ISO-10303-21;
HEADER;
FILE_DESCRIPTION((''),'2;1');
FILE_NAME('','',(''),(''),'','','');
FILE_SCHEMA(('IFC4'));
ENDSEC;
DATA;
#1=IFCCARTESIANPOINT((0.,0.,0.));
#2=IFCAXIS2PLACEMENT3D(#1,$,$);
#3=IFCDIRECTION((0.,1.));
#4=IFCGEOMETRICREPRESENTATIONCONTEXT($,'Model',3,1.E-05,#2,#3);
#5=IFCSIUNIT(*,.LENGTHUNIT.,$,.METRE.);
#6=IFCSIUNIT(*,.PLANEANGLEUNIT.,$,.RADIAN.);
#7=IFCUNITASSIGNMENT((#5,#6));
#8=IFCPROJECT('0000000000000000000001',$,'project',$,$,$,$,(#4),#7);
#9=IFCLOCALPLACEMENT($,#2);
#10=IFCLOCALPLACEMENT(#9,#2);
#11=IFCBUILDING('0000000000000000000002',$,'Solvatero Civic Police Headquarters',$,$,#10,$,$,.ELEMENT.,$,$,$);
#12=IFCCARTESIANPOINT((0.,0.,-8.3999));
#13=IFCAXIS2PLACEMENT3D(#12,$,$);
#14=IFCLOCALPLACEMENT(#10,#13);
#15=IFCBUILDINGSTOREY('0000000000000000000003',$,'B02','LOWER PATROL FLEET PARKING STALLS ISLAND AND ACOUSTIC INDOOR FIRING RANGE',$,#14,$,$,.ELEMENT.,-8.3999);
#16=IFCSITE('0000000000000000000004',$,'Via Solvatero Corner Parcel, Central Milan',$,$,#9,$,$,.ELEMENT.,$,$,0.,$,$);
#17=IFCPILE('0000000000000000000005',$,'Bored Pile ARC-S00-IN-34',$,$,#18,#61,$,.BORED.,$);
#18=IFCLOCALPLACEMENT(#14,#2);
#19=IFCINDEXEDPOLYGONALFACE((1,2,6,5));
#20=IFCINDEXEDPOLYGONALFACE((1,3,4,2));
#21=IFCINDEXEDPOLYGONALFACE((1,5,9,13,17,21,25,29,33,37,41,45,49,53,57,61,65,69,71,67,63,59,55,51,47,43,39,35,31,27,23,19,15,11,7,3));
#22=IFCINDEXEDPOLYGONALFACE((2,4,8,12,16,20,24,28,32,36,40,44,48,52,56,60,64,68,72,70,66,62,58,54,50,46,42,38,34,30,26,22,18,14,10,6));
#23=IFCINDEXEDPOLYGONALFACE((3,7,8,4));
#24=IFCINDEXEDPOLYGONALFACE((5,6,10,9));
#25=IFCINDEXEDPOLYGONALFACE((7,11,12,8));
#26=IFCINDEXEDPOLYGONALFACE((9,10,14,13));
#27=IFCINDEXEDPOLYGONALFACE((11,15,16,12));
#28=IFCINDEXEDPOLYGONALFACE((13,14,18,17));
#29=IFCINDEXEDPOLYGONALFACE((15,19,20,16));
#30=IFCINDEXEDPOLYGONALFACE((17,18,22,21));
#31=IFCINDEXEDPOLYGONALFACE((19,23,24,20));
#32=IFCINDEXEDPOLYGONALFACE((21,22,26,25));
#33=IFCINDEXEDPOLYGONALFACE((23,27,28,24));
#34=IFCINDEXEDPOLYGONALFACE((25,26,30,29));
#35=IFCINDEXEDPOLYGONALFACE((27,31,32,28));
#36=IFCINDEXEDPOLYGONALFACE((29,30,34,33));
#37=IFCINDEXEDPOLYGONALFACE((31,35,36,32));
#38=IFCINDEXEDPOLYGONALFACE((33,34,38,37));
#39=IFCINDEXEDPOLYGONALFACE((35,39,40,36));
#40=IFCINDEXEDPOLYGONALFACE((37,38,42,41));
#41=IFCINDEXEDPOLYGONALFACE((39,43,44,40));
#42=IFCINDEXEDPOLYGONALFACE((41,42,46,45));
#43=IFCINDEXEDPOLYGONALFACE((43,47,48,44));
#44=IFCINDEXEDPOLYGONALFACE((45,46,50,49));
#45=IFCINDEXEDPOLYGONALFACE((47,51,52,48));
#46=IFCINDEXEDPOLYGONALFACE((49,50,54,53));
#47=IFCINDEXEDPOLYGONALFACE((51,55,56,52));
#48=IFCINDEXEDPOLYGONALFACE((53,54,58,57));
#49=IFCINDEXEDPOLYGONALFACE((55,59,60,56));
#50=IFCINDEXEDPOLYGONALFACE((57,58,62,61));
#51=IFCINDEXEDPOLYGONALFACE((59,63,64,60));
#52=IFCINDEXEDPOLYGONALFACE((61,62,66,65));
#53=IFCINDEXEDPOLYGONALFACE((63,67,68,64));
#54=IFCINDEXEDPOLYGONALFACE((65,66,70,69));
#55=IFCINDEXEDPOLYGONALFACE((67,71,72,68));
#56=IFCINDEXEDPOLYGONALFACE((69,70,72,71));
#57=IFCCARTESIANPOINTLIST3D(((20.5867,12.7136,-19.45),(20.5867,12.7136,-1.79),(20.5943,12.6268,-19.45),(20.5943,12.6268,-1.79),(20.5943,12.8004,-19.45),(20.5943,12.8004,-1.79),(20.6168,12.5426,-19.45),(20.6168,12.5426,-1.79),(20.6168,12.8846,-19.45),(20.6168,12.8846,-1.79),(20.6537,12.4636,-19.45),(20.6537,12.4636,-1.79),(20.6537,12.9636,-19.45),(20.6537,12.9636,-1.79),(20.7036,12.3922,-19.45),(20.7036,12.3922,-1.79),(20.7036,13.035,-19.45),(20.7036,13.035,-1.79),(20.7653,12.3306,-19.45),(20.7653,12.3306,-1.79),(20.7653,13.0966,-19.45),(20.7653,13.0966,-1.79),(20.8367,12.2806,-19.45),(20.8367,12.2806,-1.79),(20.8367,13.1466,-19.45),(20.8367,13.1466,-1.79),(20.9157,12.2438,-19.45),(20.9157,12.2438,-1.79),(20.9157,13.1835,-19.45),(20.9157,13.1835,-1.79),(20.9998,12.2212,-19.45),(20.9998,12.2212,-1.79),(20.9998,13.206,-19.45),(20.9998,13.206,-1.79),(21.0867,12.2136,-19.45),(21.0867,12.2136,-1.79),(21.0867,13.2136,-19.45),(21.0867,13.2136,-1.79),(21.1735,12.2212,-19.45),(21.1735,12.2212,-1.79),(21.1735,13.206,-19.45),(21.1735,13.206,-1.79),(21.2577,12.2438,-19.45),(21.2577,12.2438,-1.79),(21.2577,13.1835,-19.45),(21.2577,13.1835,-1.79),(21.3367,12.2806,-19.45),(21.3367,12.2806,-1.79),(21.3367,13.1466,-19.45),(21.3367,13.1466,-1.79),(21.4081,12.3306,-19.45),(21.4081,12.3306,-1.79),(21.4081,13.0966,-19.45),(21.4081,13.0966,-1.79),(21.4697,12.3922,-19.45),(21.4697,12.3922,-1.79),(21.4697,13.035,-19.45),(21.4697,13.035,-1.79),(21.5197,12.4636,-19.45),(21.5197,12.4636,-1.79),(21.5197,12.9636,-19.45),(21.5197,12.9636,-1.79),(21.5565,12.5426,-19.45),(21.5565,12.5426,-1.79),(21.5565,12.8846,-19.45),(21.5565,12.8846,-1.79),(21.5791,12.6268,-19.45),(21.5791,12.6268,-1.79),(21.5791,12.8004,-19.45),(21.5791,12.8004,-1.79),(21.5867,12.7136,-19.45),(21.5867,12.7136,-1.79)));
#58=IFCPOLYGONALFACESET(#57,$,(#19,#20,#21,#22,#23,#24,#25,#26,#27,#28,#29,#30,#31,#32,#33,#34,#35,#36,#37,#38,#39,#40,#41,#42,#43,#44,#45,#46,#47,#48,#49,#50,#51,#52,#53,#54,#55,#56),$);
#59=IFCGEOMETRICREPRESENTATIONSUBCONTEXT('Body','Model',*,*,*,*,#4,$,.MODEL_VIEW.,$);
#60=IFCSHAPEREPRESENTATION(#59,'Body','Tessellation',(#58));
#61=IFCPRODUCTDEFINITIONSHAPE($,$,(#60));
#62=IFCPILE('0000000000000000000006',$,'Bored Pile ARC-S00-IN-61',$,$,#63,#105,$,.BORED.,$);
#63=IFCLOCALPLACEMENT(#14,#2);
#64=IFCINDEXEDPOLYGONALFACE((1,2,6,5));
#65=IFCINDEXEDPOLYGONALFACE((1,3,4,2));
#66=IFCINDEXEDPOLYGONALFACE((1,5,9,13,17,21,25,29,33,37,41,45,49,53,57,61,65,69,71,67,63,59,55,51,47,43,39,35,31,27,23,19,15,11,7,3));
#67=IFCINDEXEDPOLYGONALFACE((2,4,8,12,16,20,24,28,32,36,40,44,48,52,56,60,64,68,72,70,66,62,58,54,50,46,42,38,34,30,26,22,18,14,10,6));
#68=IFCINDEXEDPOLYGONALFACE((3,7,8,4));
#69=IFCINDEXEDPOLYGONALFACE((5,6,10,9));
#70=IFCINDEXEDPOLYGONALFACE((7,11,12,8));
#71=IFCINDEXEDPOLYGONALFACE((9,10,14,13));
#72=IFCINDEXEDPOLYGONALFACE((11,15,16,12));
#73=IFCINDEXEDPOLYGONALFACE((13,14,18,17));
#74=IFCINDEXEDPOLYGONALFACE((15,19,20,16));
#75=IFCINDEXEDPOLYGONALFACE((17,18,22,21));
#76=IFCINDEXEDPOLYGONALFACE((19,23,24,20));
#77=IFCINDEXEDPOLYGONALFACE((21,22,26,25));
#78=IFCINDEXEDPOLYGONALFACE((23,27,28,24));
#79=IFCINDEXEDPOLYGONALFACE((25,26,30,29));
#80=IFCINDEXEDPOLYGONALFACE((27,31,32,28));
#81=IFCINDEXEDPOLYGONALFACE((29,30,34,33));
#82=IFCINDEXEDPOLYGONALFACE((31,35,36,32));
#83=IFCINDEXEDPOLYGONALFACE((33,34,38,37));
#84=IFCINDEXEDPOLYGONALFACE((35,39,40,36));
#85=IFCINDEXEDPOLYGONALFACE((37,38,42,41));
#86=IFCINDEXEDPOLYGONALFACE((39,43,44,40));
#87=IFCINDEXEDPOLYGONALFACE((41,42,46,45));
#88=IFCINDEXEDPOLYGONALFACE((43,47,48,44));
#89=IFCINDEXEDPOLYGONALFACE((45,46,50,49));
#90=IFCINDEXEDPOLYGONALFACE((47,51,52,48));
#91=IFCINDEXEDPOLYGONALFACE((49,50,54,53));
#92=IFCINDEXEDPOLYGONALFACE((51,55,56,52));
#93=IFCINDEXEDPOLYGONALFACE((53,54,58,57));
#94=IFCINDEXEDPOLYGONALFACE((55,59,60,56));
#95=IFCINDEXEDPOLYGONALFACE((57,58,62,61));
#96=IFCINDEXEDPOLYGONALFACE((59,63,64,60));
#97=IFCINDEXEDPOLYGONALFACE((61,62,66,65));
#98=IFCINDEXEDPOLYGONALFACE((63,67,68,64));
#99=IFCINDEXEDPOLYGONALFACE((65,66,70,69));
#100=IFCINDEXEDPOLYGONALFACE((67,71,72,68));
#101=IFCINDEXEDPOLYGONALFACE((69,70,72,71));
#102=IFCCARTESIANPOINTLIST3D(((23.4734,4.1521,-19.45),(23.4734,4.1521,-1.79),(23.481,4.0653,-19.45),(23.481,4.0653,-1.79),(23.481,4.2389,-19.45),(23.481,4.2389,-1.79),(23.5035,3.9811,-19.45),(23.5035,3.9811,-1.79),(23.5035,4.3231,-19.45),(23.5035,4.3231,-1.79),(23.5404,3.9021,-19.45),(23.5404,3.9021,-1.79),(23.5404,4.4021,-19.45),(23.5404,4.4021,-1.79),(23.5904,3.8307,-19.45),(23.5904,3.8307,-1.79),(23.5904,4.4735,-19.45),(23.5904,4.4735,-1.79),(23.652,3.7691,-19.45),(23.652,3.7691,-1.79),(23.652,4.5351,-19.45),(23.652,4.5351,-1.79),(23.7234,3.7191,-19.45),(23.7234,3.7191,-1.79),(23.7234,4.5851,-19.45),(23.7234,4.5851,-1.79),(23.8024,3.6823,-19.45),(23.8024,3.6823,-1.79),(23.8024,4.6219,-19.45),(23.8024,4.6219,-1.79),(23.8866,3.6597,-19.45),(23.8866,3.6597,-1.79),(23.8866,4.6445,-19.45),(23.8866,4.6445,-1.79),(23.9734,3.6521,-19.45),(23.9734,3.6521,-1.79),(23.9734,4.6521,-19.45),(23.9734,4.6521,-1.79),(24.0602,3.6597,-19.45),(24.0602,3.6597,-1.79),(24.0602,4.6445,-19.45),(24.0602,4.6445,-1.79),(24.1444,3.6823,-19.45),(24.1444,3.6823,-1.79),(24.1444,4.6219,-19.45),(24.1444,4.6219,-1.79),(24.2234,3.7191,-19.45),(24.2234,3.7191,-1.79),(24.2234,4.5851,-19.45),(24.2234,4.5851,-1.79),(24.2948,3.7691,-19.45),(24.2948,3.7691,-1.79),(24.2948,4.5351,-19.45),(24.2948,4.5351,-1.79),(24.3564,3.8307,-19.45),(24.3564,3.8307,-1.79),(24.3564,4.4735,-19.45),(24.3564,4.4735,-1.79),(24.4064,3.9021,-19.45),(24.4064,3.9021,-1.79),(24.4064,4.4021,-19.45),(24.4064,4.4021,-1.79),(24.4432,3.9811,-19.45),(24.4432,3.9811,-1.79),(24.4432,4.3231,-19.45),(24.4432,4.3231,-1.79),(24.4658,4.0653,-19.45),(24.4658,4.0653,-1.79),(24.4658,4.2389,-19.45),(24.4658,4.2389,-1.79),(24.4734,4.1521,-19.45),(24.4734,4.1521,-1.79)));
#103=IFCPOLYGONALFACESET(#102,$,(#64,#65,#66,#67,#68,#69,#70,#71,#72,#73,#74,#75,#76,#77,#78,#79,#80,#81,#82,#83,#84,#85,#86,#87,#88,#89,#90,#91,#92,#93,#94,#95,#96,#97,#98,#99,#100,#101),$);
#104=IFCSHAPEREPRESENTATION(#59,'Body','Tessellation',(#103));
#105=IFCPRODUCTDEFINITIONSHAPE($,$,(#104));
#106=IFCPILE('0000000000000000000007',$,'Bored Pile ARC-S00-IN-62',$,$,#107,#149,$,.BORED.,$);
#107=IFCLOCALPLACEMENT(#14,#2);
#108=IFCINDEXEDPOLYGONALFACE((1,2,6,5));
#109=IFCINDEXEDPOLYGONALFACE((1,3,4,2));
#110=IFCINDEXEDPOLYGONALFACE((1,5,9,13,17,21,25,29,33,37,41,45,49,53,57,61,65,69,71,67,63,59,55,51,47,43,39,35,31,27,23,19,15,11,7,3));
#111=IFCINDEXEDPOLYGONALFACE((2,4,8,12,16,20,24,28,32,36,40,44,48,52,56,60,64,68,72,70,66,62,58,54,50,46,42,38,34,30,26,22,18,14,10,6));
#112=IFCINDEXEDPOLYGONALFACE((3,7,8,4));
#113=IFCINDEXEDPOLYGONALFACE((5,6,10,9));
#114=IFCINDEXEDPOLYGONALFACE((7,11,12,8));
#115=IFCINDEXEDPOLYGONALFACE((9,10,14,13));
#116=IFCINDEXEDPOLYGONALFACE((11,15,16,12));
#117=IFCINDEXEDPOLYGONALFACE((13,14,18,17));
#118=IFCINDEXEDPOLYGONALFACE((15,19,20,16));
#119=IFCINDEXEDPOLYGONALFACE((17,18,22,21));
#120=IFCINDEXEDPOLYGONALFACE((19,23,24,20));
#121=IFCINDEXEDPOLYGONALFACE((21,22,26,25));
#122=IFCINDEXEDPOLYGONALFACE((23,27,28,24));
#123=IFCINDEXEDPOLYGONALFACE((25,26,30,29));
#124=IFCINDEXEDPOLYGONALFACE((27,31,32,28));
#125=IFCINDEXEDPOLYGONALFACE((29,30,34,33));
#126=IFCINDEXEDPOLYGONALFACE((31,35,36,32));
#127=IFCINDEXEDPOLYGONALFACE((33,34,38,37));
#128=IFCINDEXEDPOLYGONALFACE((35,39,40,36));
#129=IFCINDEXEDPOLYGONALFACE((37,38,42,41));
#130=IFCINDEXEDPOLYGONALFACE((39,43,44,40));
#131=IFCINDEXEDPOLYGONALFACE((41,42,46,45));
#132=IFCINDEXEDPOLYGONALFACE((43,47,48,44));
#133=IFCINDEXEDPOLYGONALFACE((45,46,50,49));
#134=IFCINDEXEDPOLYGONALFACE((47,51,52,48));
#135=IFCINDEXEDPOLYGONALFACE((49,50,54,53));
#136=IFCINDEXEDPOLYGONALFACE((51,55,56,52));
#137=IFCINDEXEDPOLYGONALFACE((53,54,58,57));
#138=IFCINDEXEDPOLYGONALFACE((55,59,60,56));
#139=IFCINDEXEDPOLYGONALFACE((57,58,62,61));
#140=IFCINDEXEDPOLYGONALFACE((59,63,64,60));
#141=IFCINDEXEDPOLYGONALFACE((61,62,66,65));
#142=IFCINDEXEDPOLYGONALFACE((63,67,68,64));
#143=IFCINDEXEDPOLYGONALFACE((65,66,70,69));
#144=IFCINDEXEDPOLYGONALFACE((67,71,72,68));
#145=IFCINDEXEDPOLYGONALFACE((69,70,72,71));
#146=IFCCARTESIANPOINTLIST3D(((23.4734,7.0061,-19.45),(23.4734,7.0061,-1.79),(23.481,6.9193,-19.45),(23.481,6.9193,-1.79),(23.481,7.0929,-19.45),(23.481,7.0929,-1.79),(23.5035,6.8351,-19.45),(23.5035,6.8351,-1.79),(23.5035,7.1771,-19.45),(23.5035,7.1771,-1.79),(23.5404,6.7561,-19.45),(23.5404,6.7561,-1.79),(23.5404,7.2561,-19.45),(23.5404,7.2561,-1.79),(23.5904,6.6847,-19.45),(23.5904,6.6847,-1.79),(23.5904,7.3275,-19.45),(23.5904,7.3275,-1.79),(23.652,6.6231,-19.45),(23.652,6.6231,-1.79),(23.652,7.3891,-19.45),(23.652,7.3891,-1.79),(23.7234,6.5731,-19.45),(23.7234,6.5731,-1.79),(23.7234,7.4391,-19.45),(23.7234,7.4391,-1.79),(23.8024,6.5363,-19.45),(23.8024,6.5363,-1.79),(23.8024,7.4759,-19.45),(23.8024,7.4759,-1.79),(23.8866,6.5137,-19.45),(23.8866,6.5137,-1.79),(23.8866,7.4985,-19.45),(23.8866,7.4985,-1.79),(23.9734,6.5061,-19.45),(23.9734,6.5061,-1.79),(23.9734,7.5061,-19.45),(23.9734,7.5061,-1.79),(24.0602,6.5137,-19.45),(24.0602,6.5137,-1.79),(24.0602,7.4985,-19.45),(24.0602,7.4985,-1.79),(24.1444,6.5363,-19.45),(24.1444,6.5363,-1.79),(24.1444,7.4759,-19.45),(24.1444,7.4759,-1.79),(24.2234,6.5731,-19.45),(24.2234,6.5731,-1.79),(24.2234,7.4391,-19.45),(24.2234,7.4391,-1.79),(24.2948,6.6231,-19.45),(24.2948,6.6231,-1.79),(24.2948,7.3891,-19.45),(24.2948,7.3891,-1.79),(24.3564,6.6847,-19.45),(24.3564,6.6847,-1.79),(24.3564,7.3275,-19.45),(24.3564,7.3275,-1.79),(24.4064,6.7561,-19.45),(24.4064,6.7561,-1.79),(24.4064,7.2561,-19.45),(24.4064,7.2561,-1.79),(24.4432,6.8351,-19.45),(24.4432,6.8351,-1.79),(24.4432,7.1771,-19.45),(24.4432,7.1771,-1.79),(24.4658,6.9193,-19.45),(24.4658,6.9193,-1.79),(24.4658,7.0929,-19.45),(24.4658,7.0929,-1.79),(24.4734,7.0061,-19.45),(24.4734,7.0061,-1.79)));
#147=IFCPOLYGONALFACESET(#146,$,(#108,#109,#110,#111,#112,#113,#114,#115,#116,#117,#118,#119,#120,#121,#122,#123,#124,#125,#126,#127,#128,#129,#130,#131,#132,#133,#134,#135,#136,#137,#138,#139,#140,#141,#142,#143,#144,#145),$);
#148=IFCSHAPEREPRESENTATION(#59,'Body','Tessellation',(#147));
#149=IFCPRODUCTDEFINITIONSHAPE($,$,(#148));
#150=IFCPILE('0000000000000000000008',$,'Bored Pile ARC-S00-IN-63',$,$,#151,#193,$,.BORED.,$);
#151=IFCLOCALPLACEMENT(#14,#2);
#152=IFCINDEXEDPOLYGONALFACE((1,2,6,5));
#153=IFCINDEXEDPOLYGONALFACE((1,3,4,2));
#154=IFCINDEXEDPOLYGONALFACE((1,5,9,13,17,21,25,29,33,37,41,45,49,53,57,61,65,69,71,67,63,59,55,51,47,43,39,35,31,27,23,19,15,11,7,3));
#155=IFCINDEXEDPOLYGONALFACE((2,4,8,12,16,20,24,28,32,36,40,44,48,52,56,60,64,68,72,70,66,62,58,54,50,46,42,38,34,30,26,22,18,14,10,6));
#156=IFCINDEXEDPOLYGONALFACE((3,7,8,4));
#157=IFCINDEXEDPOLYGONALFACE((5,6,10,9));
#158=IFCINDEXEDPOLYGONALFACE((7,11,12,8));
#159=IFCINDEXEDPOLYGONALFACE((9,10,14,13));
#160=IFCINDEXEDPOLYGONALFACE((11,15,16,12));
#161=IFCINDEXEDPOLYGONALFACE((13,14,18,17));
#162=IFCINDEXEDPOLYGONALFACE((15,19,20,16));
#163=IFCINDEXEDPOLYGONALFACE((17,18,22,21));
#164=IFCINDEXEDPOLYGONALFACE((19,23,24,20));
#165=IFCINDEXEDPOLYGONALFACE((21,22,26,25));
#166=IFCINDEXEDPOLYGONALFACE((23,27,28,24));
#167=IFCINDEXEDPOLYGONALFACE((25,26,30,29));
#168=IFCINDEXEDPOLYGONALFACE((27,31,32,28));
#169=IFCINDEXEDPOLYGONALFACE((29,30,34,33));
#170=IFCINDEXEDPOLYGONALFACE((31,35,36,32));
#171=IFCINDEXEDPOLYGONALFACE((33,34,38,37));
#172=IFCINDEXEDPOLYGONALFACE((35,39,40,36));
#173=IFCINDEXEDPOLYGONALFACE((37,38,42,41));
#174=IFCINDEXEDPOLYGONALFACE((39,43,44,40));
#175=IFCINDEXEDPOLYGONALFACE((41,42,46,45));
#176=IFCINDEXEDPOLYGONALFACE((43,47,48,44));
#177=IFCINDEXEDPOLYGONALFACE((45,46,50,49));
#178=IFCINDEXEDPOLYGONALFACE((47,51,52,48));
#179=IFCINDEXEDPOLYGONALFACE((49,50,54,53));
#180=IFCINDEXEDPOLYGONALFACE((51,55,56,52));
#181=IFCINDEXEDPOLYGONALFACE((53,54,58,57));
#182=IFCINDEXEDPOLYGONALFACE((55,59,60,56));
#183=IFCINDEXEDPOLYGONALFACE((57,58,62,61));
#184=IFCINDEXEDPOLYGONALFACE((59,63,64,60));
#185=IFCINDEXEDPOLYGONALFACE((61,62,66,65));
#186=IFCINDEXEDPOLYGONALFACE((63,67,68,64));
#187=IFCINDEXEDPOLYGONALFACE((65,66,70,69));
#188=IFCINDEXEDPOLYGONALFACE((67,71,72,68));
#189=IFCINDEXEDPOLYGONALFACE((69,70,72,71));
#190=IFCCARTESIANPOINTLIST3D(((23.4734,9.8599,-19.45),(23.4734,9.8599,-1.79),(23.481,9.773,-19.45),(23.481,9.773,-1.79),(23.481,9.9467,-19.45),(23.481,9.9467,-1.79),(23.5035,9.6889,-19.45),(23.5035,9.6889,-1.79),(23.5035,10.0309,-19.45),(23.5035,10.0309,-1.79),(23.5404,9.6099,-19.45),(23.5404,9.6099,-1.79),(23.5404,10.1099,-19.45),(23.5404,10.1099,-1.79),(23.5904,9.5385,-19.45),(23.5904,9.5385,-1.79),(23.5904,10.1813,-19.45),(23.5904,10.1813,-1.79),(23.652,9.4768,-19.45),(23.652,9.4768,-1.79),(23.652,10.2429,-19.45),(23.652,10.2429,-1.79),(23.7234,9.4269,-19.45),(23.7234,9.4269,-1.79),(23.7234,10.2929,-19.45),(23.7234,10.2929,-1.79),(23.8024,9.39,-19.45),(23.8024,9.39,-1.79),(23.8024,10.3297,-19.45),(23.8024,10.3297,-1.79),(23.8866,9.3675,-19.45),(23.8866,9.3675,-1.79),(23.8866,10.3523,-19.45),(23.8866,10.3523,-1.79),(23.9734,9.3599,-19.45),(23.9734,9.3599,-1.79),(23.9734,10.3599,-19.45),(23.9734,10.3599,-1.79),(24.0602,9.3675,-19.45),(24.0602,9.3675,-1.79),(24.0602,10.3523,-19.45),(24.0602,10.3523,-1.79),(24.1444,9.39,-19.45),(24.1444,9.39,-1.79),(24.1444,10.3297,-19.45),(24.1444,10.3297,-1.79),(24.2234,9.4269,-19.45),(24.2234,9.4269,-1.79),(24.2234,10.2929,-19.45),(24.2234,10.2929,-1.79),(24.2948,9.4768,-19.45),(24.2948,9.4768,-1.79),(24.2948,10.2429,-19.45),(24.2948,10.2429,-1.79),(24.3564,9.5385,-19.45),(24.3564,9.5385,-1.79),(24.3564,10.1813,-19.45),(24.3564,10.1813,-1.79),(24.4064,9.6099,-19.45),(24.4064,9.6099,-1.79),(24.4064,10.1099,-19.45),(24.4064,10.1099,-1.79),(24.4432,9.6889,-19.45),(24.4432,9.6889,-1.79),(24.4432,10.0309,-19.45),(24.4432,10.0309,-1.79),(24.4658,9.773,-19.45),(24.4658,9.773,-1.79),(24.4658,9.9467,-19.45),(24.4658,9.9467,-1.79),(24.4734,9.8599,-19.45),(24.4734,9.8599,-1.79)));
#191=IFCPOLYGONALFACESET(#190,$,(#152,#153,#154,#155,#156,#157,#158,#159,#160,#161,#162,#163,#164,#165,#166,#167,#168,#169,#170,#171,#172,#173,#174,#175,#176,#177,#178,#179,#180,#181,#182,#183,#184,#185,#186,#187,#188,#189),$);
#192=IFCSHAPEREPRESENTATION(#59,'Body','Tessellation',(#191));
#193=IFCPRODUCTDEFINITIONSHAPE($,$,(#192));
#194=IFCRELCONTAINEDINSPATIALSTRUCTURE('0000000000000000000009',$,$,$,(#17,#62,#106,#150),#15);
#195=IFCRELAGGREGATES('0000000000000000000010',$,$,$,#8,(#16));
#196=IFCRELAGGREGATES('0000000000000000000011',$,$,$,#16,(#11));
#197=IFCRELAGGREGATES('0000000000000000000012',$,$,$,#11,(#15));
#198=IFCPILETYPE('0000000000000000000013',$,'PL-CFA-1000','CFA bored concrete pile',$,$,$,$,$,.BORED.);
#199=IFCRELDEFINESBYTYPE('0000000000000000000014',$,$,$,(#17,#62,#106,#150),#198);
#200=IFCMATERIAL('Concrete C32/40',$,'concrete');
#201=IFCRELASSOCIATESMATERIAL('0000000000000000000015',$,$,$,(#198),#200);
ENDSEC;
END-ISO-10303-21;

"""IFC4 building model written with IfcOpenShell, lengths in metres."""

from ifc_helpers import new_model, si_unit, direction, frame, origin, origin_2d, place, context, subcontext, project, spatial, circle, extrude, material, material_profile, profile_set, type_object, element, save


model = new_model("IFC4")

# Units and contexts
model_context = context("Model", 3, precision=1e-05, world=origin(), true_north=direction((0.0, 1.0)))
body_context = subcontext(model_context, "Body", "Model", "MODEL_VIEW")
ifc_project = project(units=[si_unit("LENGTHUNIT", "METRE"), si_unit("PLANEANGLEUNIT", "RADIAN")], contexts=[model_context])

# Site, building, storey
site_placement = place(None, origin())
site = spatial("IfcSite", under=ifc_project, at=site_placement, Name="Via Solvatero Corner Parcel, Central Milan", CompositionType="ELEMENT", RefElevation=0.0)
building_placement = place(site_placement, origin())
building = spatial("IfcBuilding", under=site, at=building_placement, Name="Solvatero Civic Police Headquarters", CompositionType="ELEMENT")
storey_placement = place(building_placement, frame((0.0, 0.0, -8.3999)))
storey = spatial("IfcBuildingStorey", under=building, at=storey_placement, Name="B02", Description="LOWER PATROL FLEET PARKING STALLS ISLAND AND ACOUSTIC INDOOR FIRING RANGE", CompositionType="ELEMENT", Elevation=-8.3999)

# Piles
ifc_material_1 = material(Name="Concrete C32/40", Category="concrete")
ifc_material_profile_1 = material_profile(ifc_material_1, circle(Radius=0.5, at=origin_2d()), Name="CFA PILE D1000")
ifc_profile_set_1 = profile_set([ifc_material_profile_1], Name="Concrete C32/40")
pile_type_1 = type_object("IfcPileType", Name="PL-CFA-1000", Description="CFA bored concrete pile", PredefinedType="BORED", material=ifc_profile_set_1)
for number, where, z_axis, x_axis, name in (
    (1, (21.0867, 12.7136, -1.79), (0.0, 0.0, -1.0), (1.0, 0.0, 0.0), "Bored Pile ARC-S00-IN-34"),
    (2, (23.9734, 4.1521, -1.79), (0.0, 0.0, -1.0), (1.0, 0.0, 0.0), "Bored Pile ARC-S00-IN-61"),
    (3, (23.9734, 7.0061, -1.79), (0.0, 0.0, -1.0), (1.0, 0.0, 0.0), "Bored Pile ARC-S00-IN-62"),
    (4, (23.9734, 9.8599, -1.79), (0.0, 0.0, -1.0), (1.0, 0.0, 0.0), "Bored Pile ARC-S00-IN-63"),
):
    element("IfcPile", number, at=place(storey_placement, frame(where, z_axis=z_axis, x_axis=x_axis)), inside=storey, type_object=pile_type_1, Name=name, PredefinedType="BORED", context=body_context, shape_type="SweptSolid", body=[
        extrude(circle(Radius=0.5, at=origin_2d()), origin(), (0.0, 0.0, 1.0), 17.6599),
    ])

save(model, "model.ifc")
